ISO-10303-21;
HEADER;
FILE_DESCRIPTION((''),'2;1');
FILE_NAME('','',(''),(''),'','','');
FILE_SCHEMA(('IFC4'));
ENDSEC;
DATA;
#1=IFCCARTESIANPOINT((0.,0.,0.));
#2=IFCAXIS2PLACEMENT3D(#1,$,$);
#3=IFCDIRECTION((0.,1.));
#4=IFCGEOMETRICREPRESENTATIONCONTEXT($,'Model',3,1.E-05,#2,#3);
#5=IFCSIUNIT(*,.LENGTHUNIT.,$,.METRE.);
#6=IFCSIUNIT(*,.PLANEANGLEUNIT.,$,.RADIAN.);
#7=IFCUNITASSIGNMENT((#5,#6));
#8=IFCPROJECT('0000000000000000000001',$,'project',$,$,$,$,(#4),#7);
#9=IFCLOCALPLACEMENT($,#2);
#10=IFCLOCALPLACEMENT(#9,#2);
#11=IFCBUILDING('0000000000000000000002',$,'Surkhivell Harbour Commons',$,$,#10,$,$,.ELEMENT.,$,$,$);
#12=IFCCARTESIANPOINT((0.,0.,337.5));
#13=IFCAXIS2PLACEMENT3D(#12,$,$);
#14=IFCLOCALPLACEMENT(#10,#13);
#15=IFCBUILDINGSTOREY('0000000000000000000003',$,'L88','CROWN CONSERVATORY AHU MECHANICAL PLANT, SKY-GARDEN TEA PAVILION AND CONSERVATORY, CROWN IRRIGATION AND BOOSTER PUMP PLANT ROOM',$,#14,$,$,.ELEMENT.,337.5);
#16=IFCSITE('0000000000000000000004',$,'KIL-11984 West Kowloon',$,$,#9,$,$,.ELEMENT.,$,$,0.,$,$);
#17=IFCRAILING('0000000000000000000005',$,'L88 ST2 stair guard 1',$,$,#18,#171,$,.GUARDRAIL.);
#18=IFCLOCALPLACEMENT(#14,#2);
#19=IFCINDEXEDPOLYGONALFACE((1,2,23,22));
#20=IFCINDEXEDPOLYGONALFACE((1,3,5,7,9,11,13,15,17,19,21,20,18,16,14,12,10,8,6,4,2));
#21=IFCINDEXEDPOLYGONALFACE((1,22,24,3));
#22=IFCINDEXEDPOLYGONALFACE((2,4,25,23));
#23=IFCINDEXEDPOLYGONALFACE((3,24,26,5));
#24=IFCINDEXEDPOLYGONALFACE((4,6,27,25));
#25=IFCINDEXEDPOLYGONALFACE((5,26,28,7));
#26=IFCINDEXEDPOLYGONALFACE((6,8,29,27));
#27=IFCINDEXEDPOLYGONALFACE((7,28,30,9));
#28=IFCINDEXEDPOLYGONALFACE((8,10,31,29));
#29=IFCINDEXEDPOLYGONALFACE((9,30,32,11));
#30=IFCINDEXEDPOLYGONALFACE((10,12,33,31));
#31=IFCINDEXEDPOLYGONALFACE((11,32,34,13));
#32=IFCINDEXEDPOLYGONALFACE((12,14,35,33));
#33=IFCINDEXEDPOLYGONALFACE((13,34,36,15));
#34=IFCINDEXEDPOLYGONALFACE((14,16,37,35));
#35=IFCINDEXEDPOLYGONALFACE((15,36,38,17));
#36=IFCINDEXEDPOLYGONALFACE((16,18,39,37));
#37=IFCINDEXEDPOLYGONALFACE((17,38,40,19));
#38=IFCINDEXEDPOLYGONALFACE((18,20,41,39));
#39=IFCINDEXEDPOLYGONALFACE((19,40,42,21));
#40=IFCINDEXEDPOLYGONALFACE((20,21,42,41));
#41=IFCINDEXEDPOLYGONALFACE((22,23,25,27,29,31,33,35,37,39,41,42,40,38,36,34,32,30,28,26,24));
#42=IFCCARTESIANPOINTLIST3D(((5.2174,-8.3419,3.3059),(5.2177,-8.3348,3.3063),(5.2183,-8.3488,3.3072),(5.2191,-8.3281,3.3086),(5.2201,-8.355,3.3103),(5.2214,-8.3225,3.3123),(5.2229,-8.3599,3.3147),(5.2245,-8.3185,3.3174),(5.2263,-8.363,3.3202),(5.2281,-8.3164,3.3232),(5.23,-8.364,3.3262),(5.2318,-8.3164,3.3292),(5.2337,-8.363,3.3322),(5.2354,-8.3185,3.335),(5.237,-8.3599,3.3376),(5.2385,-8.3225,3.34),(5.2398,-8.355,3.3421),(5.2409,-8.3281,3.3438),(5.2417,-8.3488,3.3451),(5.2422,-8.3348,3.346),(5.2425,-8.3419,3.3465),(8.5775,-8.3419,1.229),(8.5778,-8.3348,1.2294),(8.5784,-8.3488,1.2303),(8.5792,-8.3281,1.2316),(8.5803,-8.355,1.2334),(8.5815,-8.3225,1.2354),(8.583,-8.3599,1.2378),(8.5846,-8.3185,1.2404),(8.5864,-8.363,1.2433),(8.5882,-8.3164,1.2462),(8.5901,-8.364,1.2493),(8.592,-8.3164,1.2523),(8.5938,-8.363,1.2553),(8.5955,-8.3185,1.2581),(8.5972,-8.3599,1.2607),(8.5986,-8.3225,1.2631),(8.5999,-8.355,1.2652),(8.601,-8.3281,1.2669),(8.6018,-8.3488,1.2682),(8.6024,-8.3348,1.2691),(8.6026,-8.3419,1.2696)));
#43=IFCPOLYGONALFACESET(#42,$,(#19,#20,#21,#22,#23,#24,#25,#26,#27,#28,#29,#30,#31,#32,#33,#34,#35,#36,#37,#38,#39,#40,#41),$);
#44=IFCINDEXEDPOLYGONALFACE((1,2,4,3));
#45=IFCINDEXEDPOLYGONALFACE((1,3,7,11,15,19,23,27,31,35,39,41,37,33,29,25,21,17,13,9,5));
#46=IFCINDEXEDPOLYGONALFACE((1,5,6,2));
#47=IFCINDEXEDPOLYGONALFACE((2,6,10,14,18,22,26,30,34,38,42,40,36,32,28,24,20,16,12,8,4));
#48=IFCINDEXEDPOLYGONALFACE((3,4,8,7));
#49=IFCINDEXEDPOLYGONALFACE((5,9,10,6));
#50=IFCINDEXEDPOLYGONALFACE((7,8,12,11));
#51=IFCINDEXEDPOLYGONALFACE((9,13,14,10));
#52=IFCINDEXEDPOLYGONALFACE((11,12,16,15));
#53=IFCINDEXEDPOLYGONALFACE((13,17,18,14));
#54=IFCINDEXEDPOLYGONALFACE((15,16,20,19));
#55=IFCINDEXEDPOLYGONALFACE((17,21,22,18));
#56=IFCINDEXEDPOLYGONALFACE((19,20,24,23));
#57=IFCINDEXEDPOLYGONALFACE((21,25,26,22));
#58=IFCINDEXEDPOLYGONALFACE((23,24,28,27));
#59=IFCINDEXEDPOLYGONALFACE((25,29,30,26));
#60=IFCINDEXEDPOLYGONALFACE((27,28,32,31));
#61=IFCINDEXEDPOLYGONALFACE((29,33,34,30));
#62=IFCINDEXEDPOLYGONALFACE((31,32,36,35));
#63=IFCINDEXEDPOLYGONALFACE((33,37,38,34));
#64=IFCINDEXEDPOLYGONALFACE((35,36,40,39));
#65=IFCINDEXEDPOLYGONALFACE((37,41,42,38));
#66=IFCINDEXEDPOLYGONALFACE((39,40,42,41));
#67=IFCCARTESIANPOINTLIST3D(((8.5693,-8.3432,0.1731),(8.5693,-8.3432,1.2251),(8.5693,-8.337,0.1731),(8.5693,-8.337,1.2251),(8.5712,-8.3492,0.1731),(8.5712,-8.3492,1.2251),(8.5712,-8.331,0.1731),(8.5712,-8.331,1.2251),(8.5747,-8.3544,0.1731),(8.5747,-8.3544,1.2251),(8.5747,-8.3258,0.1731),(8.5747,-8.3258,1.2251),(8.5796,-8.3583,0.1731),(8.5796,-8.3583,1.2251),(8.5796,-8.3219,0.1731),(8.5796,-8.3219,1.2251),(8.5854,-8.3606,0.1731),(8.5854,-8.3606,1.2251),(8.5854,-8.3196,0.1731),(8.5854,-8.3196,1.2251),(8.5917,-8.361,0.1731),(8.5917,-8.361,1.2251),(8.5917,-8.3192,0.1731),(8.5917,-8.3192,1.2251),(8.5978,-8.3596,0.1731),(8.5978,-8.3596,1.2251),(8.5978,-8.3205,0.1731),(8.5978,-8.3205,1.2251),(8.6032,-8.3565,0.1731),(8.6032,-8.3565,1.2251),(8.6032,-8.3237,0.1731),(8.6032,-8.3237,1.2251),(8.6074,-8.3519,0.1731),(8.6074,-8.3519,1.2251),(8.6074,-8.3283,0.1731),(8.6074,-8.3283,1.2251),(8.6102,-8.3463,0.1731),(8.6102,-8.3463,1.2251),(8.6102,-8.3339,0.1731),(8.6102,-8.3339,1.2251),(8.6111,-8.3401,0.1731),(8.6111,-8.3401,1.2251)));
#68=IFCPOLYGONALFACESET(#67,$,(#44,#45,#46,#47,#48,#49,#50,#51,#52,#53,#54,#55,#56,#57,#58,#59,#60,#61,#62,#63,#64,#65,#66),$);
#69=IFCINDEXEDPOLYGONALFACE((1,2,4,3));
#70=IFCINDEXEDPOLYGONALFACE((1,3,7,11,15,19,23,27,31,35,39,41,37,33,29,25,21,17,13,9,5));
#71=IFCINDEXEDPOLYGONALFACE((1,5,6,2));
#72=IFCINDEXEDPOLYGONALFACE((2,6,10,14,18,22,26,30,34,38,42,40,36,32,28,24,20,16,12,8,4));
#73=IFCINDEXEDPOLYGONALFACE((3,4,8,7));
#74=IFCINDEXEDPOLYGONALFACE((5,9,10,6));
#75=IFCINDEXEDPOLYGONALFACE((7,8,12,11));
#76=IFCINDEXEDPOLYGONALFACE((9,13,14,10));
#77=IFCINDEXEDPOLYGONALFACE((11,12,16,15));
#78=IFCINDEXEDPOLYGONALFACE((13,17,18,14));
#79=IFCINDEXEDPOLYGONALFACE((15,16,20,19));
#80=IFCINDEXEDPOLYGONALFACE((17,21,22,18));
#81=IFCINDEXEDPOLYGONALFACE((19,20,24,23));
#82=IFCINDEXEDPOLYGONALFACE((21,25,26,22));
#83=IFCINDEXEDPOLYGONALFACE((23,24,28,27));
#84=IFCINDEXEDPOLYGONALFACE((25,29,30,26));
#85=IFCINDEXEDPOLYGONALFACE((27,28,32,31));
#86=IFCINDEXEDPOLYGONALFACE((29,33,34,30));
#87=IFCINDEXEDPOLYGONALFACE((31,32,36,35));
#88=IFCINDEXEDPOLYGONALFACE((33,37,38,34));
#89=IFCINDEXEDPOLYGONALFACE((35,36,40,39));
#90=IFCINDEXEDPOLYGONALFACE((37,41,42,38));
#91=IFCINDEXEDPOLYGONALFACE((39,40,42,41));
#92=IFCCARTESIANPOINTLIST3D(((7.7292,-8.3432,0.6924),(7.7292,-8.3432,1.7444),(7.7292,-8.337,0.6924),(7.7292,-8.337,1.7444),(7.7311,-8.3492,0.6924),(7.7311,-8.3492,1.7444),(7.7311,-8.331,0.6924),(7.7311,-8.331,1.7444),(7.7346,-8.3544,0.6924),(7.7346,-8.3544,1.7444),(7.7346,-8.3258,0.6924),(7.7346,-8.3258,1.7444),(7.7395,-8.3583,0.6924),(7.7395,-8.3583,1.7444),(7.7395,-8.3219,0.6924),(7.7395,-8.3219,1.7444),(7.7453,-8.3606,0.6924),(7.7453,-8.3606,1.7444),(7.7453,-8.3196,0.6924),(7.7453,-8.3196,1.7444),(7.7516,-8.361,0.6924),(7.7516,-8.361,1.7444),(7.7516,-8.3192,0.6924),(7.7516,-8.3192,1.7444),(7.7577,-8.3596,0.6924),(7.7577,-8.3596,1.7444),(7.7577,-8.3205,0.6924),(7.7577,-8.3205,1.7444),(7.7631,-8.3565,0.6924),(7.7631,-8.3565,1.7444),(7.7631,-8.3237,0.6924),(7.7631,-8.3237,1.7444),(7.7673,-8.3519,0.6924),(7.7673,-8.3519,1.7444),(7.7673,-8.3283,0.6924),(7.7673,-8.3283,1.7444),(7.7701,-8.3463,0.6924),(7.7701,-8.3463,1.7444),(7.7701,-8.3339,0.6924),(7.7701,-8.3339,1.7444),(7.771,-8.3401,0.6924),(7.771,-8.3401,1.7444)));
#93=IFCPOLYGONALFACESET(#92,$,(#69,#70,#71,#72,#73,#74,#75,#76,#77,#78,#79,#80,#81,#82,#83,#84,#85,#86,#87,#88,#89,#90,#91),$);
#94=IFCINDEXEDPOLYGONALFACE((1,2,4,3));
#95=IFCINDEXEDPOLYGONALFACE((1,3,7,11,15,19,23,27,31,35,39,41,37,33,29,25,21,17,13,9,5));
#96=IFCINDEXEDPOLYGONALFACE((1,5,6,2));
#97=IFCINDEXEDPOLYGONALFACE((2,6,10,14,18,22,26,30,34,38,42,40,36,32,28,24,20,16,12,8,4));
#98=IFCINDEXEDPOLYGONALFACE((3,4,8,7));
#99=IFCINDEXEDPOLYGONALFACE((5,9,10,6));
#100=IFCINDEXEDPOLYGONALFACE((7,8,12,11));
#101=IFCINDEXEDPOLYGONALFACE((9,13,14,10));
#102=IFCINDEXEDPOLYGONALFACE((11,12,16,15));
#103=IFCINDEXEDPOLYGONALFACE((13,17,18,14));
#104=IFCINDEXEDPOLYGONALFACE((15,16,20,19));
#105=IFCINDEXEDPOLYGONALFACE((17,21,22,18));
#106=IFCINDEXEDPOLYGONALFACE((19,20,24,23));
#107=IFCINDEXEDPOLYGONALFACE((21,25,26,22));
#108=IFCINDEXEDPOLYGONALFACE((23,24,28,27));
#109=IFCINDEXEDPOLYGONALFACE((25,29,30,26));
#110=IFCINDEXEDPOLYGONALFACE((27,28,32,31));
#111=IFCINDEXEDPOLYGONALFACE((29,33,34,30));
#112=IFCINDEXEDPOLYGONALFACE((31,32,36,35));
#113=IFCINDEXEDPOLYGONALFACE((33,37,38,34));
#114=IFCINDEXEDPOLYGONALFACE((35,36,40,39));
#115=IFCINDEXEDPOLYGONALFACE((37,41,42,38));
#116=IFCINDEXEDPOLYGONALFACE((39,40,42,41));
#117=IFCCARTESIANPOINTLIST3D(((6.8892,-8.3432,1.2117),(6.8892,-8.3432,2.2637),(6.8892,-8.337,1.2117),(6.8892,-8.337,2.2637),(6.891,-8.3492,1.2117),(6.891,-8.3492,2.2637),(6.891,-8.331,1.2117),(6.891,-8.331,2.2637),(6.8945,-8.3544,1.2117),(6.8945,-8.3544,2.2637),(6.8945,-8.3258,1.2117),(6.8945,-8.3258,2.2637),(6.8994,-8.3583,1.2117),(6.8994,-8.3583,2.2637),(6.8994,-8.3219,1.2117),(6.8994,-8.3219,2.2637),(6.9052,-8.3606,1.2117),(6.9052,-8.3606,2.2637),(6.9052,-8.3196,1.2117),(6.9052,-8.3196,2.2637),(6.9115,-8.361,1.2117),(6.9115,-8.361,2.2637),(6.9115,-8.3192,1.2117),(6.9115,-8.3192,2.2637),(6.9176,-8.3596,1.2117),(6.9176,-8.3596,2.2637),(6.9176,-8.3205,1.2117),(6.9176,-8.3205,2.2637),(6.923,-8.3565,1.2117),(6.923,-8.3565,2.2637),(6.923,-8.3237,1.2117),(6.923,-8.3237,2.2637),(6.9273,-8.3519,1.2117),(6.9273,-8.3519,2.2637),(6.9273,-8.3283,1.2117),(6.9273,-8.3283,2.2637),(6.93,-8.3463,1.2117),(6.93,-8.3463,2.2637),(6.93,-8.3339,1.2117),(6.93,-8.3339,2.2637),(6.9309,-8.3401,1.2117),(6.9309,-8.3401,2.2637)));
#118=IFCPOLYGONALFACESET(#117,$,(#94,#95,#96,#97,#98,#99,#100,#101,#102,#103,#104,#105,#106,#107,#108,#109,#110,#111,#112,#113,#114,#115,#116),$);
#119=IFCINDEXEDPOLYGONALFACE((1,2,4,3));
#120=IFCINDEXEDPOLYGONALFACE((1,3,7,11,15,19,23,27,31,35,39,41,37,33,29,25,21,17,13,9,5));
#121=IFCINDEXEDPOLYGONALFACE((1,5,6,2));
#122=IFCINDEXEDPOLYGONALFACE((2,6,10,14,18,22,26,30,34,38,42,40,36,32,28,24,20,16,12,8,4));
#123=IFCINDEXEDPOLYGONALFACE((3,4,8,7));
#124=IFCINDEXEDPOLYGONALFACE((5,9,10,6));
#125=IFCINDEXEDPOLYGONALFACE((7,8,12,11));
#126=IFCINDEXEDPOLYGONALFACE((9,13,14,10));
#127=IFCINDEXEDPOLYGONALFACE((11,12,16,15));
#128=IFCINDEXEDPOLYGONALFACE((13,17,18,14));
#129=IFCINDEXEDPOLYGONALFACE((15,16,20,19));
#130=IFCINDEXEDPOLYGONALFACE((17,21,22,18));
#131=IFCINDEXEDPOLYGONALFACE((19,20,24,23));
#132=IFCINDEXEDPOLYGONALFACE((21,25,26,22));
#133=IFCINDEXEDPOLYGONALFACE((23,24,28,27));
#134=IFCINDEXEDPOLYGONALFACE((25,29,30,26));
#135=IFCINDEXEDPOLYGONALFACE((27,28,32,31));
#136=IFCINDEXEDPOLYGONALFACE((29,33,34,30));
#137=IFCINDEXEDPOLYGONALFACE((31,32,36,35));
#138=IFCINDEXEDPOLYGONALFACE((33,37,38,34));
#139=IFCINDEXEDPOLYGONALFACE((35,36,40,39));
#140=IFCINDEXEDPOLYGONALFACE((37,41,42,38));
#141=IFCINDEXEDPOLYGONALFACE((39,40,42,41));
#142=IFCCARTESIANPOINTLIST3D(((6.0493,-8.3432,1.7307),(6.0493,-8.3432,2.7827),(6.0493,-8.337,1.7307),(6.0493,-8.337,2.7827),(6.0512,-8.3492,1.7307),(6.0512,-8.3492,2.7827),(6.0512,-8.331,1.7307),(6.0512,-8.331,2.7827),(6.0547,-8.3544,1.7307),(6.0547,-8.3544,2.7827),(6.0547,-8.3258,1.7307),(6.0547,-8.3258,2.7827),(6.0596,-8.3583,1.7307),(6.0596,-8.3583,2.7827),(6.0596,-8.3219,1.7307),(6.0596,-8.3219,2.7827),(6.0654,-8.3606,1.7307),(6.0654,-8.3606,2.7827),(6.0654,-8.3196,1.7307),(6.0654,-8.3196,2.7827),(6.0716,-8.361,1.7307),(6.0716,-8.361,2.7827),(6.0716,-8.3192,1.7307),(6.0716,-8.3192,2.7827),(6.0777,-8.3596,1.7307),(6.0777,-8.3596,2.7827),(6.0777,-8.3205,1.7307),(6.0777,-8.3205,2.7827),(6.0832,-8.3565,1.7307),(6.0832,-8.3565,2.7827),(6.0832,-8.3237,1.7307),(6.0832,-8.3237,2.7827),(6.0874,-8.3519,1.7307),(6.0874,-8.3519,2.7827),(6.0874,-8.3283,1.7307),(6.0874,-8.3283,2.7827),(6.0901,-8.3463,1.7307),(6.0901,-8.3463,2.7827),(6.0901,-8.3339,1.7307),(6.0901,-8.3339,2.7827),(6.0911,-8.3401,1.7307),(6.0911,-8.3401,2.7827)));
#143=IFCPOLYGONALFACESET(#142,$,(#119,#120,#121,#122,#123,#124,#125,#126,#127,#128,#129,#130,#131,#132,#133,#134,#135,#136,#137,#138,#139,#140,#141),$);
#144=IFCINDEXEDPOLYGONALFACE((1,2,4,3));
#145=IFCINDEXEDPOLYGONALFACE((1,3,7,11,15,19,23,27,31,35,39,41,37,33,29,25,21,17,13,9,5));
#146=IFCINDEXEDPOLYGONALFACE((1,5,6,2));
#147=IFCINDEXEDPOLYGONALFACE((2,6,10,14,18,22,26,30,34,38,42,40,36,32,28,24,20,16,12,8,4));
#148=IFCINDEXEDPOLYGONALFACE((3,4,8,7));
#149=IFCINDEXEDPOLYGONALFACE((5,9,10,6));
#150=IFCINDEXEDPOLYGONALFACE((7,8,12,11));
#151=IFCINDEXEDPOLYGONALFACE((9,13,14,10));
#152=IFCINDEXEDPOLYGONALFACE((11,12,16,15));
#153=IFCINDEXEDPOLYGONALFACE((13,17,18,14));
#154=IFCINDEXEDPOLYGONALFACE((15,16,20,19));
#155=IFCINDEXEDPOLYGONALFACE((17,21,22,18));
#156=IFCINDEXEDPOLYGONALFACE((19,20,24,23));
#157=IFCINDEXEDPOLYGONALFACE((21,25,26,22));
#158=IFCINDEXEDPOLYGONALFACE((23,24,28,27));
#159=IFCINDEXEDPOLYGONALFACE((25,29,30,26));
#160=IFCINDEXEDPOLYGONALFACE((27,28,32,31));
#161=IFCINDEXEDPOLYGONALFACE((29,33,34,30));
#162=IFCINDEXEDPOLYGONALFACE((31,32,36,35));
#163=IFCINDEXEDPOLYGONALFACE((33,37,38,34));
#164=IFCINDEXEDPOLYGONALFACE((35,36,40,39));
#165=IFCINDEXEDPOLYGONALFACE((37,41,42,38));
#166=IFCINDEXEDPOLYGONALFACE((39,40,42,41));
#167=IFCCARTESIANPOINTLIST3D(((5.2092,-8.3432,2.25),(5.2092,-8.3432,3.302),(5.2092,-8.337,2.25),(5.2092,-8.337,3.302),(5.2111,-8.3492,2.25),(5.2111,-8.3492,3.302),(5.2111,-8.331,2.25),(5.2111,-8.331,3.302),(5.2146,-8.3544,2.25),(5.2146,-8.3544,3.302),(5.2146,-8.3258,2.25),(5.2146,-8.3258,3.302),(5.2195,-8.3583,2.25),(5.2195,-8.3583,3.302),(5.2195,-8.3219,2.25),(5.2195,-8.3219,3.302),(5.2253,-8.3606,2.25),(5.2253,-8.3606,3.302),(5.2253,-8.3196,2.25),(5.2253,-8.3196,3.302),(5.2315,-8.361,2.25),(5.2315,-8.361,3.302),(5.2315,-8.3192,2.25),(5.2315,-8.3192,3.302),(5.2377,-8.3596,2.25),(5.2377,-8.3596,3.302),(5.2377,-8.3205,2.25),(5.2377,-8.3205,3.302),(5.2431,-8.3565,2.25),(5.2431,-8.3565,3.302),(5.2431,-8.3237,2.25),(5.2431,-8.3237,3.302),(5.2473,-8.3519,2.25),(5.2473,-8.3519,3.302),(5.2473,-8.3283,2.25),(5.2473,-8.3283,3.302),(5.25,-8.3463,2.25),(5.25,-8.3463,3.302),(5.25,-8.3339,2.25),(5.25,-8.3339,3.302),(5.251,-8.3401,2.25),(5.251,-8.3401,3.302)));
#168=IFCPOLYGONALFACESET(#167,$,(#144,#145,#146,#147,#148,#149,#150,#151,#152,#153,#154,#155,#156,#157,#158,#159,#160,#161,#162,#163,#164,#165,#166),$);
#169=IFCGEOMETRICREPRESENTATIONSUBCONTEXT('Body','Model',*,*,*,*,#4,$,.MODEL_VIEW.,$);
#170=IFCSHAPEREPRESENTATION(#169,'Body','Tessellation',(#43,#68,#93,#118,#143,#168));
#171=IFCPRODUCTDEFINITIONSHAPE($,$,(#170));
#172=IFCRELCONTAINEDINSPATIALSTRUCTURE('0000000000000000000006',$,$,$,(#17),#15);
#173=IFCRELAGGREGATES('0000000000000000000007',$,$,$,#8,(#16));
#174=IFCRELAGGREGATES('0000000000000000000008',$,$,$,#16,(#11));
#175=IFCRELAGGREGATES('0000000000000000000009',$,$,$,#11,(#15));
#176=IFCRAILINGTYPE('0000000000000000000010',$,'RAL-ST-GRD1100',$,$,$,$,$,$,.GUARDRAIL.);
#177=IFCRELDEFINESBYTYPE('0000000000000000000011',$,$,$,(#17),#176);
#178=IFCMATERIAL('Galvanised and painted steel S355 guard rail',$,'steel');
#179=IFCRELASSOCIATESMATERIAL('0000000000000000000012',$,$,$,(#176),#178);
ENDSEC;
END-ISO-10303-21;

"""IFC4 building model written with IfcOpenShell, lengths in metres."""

from ifc_helpers import new_model, si_unit, direction, frame, origin, origin_2d, place, context, subcontext, project, spatial, circle, extrude, material, type_object, element, save


model = new_model("IFC4")

# Units and contexts
model_context = context("Model", 3, precision=1e-05, world=origin(), true_north=direction((0.0, 1.0)))
body_context = subcontext(model_context, "Body", "Model", "MODEL_VIEW")
ifc_project = project(units=[si_unit("LENGTHUNIT", "METRE"), si_unit("PLANEANGLEUNIT", "RADIAN")], contexts=[model_context])

# Site, building, storey
site_placement = place(None, origin())
site = spatial("IfcSite", under=ifc_project, at=site_placement, Name="KIL-11984 West Kowloon", CompositionType="ELEMENT", RefElevation=0.0)
building_placement = place(site_placement, origin())
building = spatial("IfcBuilding", under=site, at=building_placement, Name="Surkhivell Harbour Commons", CompositionType="ELEMENT")
storey_placement = place(building_placement, frame((0.0, 0.0, 337.5)))
storey = spatial("IfcBuildingStorey", under=building, at=storey_placement, Name="L88", Description="CROWN CONSERVATORY AHU MECHANICAL PLANT, SKY-GARDEN TEA PAVILION AND CONSERVATORY, CROWN IRRIGATION AND BOOSTER PUMP PLANT ROOM", CompositionType="ELEMENT", Elevation=337.5)

# Railing
ifc_material_1 = material(Name="Galvanised and painted steel S355 guard rail", Category="steel")
railing_type_1 = type_object("IfcRailingType", Name="RAL-ST-GRD1100", PredefinedType="GUARDRAIL", material=ifc_material_1)
railing_1_placement = place(storey_placement, frame((8.5901, -8.3401, 0.1731)))
element("IfcRailing", 1, at=railing_1_placement, inside=storey, type_object=railing_type_1, Name="L88 ST2 stair guard 1", PredefinedType="GUARDRAIL", context=body_context, shape_type="SweptSolid", body=[
    extrude(circle(Radius=0.0239, at=origin_2d()), frame((0.0, 0.0, 1.0762), z_axis=(-0.850623, 0.0, 0.525776), x_axis=(0.0, -1.0, 0.0)), (0.0, 0.0, 1.0), 3.9502),
    extrude(circle(Radius=0.021, at=origin_2d()), origin(), (0.0, 0.0, 1.0), 1.052),
    extrude(circle(Radius=0.021, at=origin_2d()), frame((-0.8401, 0.0, 0.5193)), (0.0, 0.0, 1.0), 1.052),
    extrude(circle(Radius=0.021, at=origin_2d()), frame((-1.6802, 0.0, 1.0386)), (0.0, 0.0, 1.0), 1.052),
    extrude(circle(Radius=0.021, at=origin_2d()), frame((-2.52, 0.0, 1.5576)), (0.0, 0.0, 1.0), 1.052),
    extrude(circle(Radius=0.021, at=origin_2d()), frame((-3.3601, 0.0, 2.0769)), (0.0, 0.0, 1.0), 1.052),
])

save(model, "model.ifc")
